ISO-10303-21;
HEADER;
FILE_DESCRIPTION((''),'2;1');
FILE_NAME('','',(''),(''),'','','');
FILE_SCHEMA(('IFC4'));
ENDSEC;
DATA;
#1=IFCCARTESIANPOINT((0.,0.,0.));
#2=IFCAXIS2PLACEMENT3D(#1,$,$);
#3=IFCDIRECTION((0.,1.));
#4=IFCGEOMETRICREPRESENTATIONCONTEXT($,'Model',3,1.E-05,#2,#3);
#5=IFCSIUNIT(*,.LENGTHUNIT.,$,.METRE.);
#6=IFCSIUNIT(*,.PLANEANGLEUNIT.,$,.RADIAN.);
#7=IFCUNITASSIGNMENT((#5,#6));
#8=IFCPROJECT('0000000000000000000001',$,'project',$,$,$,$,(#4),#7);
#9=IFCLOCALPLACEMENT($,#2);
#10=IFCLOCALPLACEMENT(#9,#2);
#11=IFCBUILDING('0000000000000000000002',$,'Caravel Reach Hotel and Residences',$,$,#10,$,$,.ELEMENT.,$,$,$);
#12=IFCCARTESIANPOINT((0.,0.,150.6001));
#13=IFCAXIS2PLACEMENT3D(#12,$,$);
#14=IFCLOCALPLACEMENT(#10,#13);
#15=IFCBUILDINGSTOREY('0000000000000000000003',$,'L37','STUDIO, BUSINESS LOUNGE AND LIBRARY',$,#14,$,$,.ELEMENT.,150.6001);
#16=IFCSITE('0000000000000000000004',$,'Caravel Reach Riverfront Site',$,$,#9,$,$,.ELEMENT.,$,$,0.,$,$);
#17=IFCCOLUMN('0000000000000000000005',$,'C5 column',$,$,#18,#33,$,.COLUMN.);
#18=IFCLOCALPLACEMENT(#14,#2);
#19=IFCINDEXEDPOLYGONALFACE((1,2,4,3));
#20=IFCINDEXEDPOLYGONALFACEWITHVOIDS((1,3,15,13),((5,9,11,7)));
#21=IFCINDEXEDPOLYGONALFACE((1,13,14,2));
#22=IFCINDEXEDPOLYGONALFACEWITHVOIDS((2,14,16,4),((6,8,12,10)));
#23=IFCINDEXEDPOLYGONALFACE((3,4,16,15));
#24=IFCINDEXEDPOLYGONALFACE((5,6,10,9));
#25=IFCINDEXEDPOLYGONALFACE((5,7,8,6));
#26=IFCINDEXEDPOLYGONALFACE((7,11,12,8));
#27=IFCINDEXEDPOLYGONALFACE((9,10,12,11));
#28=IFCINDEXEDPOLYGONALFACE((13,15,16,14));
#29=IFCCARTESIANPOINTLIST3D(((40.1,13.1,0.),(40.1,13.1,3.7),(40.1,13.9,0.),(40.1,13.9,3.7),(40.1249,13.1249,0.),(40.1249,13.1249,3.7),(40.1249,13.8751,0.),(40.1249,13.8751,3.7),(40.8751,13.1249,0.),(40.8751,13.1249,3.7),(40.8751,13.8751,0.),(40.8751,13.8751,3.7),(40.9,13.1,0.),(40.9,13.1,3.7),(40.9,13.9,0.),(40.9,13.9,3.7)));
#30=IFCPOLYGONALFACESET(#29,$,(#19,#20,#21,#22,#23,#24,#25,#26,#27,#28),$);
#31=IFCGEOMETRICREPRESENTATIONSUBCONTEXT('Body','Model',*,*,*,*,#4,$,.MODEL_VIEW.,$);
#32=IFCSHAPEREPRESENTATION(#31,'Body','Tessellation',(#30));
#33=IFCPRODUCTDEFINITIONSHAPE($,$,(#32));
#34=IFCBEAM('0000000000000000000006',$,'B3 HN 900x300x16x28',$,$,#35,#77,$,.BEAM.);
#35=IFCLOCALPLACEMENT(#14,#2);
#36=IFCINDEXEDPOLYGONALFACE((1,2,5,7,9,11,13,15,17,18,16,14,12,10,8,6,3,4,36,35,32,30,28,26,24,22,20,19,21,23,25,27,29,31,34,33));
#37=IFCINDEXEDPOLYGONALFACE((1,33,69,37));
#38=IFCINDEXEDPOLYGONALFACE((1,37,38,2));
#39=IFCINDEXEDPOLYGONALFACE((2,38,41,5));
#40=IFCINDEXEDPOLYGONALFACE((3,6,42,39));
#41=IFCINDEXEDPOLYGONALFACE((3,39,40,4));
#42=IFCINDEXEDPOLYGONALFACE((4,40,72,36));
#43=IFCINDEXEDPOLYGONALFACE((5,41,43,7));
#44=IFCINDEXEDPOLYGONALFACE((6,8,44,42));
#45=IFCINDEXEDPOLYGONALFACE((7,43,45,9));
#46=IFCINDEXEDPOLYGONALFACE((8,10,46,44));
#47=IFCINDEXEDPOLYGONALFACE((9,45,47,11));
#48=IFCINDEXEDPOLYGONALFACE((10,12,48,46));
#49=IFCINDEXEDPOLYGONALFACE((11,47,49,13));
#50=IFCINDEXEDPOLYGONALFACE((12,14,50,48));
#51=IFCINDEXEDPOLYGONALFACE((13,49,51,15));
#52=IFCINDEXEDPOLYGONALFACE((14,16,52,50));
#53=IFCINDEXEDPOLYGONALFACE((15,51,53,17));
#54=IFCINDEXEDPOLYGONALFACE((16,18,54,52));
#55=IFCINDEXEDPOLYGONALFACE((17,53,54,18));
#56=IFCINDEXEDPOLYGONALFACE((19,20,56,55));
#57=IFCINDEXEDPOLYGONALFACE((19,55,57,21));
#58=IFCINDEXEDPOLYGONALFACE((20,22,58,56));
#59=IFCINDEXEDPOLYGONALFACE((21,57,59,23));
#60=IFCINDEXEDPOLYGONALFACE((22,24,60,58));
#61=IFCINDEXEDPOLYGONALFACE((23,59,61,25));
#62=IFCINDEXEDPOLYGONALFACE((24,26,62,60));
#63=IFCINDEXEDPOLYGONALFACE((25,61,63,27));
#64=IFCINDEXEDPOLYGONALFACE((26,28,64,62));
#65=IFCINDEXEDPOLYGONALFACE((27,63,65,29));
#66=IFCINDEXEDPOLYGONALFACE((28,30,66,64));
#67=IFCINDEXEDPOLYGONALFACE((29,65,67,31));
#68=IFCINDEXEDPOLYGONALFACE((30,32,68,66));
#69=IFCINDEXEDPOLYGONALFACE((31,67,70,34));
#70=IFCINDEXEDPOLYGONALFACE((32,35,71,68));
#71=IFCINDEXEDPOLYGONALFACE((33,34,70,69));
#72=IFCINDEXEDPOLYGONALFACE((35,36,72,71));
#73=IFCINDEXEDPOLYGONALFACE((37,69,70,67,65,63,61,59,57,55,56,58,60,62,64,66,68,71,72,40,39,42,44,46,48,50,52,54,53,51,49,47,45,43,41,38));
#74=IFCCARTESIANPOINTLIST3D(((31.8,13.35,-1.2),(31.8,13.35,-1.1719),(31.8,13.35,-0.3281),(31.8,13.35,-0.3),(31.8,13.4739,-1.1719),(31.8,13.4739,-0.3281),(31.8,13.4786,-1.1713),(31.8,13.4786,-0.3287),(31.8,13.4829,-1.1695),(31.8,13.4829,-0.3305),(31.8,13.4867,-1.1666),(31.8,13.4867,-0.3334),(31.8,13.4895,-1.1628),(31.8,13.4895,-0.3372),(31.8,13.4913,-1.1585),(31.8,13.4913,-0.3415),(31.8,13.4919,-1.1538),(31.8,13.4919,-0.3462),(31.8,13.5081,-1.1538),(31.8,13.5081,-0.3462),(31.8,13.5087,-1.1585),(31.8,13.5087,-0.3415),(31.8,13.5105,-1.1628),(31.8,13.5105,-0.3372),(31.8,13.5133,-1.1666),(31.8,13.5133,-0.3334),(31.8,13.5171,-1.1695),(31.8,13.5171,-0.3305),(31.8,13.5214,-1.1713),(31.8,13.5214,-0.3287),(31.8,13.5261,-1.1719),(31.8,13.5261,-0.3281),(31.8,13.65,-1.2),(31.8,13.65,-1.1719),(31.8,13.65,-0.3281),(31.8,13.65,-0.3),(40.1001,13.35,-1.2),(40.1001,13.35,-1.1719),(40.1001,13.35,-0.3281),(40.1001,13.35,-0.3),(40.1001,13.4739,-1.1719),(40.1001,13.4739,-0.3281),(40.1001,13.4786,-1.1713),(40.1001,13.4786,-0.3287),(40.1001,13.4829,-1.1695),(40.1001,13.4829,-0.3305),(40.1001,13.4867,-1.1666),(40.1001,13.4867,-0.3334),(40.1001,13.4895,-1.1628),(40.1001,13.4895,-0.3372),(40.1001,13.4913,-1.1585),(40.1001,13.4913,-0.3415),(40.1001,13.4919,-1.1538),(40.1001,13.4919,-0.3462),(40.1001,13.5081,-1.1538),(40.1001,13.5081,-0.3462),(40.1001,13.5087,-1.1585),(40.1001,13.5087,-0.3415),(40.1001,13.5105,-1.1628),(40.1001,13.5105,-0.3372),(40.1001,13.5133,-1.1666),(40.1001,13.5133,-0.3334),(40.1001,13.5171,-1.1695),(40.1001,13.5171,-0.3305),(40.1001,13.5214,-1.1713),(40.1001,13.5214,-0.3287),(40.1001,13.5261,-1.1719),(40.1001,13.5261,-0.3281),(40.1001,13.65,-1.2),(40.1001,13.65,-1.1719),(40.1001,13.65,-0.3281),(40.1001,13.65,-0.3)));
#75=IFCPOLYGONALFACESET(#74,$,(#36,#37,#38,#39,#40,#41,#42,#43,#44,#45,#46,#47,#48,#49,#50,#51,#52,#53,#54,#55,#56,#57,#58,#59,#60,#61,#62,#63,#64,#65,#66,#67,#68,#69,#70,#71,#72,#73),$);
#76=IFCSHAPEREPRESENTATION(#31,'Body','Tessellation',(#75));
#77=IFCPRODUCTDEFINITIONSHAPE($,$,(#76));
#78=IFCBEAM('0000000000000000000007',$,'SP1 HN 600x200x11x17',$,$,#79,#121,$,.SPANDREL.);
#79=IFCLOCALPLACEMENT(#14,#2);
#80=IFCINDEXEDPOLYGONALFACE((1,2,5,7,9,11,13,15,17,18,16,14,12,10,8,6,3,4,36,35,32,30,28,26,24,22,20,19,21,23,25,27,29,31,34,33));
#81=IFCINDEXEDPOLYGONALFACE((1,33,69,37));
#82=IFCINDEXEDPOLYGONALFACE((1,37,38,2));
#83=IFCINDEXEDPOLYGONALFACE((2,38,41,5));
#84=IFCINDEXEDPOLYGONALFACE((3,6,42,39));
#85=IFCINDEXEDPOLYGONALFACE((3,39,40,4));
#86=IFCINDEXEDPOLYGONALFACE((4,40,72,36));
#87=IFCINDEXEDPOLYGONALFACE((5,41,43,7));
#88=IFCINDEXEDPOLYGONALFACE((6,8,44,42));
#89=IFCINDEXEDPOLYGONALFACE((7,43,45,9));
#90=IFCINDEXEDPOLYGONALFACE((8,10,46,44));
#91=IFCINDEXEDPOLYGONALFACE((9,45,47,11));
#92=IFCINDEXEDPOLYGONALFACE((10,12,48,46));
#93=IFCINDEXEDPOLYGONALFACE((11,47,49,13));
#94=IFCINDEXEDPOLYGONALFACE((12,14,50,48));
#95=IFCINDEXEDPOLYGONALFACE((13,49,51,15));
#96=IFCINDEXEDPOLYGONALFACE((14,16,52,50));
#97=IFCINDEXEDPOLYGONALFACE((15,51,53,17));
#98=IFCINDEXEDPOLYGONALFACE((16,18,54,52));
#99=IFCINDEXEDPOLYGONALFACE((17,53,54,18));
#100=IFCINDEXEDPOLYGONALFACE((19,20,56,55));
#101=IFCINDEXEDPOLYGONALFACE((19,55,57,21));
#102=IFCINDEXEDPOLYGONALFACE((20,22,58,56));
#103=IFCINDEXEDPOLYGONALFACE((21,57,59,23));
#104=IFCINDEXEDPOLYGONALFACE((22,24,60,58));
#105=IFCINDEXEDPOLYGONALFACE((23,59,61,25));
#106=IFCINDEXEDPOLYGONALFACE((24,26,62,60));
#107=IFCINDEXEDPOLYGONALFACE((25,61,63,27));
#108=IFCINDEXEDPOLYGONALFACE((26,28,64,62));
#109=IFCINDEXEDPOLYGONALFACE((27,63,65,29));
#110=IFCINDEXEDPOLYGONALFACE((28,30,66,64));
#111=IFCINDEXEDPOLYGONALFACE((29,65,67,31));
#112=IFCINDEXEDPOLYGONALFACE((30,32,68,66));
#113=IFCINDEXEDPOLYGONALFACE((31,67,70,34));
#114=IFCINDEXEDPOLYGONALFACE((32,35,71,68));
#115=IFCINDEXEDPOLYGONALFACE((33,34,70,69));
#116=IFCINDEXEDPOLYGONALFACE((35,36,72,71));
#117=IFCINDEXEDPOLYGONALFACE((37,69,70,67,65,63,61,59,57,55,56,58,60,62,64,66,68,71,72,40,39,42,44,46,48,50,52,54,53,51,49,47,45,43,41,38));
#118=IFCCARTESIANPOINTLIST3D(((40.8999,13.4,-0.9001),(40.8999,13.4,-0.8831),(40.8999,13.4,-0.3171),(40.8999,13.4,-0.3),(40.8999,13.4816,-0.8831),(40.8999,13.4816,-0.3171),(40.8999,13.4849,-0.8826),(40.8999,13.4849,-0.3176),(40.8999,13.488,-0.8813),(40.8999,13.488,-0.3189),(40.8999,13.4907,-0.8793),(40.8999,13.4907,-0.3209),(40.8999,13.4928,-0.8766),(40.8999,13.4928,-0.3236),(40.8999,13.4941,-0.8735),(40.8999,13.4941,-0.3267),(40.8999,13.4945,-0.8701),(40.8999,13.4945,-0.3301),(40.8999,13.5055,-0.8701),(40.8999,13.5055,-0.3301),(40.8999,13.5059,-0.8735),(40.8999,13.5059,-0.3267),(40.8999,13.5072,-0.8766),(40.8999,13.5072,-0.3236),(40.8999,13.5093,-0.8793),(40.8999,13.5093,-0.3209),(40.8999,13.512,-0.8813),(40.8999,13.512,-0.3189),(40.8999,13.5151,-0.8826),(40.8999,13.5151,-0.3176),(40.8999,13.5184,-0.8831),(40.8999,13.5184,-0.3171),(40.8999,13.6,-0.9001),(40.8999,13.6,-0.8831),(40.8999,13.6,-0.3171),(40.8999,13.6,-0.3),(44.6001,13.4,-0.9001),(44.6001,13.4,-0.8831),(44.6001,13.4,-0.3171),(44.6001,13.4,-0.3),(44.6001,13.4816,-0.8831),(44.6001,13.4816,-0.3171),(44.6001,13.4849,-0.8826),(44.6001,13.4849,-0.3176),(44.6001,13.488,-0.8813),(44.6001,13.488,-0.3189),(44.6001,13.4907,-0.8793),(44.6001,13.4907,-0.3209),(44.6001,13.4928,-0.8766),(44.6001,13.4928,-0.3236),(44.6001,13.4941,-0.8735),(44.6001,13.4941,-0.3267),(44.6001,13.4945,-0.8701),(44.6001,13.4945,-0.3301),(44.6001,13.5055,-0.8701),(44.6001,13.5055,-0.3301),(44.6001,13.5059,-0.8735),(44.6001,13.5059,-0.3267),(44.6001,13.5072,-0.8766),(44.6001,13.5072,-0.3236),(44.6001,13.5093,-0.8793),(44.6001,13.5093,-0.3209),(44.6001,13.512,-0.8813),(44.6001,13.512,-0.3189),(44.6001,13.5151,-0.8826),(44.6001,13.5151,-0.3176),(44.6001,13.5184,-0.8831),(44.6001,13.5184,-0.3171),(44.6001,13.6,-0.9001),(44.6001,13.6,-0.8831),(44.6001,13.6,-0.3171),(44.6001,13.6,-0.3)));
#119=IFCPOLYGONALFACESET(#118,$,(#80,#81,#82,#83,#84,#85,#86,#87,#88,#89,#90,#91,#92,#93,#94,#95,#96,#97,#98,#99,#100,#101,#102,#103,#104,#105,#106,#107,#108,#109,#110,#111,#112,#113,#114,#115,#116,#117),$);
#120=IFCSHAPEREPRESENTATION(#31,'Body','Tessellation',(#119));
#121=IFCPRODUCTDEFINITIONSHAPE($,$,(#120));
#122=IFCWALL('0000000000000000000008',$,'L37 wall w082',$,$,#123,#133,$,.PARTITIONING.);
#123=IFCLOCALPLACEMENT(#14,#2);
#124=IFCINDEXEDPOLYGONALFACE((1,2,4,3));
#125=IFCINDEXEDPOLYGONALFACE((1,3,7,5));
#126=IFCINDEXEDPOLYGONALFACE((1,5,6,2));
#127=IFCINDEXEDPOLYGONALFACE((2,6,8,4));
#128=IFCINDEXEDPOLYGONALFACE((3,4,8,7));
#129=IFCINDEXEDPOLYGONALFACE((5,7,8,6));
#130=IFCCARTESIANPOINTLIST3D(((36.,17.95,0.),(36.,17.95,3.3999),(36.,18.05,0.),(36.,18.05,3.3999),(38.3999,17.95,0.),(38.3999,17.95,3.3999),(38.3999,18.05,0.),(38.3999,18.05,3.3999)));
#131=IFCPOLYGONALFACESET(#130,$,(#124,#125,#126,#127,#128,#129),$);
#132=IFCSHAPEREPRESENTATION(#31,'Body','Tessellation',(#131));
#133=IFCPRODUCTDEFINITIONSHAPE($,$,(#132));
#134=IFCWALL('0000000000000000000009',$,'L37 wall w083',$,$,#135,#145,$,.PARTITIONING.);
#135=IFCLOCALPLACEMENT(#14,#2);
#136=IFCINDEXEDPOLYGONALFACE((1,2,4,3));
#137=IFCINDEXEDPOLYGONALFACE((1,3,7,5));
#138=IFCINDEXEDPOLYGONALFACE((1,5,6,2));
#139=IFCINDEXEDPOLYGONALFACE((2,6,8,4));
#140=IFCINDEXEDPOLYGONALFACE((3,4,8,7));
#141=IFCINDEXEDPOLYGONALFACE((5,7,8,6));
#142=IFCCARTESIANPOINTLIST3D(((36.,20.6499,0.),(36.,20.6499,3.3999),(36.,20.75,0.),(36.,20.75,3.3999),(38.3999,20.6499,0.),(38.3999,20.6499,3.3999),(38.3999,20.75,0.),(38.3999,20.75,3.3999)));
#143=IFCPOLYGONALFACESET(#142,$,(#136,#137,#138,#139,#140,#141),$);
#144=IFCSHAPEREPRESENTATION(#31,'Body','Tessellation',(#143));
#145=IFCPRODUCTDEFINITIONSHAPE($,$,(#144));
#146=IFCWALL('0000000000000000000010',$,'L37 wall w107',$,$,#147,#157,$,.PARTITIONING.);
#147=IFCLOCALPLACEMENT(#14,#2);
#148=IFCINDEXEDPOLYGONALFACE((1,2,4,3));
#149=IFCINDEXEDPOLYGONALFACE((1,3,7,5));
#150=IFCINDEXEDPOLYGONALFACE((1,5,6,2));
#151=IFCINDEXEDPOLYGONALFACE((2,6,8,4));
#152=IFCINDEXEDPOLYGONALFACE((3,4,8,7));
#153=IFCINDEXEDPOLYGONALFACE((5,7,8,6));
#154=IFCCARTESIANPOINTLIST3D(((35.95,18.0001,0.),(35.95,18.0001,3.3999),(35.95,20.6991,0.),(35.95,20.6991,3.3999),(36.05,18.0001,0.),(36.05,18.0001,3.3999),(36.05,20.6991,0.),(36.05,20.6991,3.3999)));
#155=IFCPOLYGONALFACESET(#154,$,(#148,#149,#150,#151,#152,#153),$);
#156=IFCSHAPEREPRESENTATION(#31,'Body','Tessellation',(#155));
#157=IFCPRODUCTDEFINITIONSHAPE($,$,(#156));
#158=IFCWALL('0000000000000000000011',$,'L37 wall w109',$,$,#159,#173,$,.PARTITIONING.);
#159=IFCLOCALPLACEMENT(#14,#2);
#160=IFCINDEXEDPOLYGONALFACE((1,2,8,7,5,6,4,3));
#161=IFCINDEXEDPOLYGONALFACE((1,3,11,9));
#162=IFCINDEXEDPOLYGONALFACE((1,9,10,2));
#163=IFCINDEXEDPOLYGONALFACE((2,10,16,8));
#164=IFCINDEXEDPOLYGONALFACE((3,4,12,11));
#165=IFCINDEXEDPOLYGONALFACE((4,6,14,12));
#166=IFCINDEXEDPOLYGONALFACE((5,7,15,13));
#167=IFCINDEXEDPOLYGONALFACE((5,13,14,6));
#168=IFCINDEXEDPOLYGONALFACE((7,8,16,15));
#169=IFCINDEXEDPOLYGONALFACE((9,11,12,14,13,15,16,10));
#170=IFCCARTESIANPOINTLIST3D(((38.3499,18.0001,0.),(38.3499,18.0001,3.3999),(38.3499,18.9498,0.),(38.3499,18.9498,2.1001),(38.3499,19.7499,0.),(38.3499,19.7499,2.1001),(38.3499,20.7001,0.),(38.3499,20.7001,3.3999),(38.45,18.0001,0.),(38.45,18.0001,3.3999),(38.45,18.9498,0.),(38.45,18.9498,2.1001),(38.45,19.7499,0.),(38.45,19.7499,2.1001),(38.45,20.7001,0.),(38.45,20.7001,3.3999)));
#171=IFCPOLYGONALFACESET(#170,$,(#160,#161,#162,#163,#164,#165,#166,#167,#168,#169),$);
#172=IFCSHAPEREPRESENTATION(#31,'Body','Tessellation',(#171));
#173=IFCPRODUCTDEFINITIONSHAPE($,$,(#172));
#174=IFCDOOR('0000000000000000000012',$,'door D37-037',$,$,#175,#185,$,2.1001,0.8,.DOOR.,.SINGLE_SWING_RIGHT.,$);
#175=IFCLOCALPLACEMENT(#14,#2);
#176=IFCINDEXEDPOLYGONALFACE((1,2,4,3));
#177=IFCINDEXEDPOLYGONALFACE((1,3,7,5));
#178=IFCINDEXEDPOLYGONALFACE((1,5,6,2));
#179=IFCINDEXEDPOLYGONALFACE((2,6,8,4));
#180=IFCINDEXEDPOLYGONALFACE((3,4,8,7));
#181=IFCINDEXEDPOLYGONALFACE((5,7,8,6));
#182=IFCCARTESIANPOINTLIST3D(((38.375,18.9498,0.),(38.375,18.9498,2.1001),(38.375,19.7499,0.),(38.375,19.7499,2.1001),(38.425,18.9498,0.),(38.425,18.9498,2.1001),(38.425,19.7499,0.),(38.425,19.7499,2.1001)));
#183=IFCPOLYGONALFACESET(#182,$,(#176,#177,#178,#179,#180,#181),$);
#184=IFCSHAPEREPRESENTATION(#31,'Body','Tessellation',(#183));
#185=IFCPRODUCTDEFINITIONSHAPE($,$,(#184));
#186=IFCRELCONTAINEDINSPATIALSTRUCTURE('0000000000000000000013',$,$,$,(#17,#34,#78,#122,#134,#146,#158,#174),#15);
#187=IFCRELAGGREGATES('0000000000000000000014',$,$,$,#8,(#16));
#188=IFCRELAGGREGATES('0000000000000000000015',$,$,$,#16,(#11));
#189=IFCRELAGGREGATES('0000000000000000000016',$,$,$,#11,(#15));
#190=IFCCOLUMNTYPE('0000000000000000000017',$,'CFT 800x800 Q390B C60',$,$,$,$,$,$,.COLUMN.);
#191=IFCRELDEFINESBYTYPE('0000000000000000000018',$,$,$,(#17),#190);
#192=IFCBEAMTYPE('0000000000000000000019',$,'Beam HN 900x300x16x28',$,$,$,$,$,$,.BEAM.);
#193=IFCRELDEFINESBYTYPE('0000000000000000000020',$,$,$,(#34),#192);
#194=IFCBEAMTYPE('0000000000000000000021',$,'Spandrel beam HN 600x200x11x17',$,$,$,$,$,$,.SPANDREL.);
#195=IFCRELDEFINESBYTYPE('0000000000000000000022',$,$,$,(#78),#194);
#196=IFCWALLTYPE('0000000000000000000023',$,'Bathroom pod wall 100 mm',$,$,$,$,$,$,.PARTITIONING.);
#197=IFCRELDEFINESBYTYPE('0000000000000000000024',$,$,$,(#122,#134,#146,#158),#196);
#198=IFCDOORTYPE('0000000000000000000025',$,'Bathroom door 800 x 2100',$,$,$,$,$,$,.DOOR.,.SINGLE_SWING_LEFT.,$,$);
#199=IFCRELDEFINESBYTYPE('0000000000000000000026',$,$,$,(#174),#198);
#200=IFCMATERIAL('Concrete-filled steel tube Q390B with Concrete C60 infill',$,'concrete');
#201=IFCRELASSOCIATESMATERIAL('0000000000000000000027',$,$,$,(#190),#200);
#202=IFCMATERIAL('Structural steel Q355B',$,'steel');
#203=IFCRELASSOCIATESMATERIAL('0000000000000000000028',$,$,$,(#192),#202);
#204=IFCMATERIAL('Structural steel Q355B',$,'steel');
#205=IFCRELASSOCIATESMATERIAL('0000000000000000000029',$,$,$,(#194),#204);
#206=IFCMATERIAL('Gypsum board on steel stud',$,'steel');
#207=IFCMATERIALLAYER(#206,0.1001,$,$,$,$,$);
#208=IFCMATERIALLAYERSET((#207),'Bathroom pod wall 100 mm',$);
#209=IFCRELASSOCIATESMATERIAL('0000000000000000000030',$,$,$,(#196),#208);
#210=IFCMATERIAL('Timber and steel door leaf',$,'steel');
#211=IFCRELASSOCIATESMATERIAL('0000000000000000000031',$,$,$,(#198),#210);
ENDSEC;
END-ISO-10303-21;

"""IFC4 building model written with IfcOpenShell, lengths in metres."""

from ifc_helpers import new_model, si_unit, direction, frame, frame_2d, origin, origin_2d, place, context, subcontext, project, spatial, rectangle, hollow_rectangle, i_section, extrude, material, layer, layer_set, material_profile, profile_set, type_object, element, fill, save


model = new_model("IFC4")

# Units and contexts
model_context = context("Model", 3, precision=1e-05, world=origin(), true_north=direction((0.0, 1.0)))
body_context = subcontext(model_context, "Body", "Model", "MODEL_VIEW")
ifc_project = project(units=[si_unit("LENGTHUNIT", "METRE"), si_unit("PLANEANGLEUNIT", "RADIAN")], contexts=[model_context])

# Site, building, storey
site_placement = place(None, origin())
site = spatial("IfcSite", under=ifc_project, at=site_placement, Name="Caravel Reach Riverfront Site", CompositionType="ELEMENT", RefElevation=0.0)
building_placement = place(site_placement, origin())
building = spatial("IfcBuilding", under=site, at=building_placement, Name="Caravel Reach Hotel and Residences", CompositionType="ELEMENT")
storey_placement = place(building_placement, frame((0.0, 0.0, 150.6001)))
storey = spatial("IfcBuildingStorey", under=building, at=storey_placement, Name="L37", Description="STUDIO, BUSINESS LOUNGE AND LIBRARY", CompositionType="ELEMENT", Elevation=150.6001)

# Column
ifc_material_1 = material(Name="Concrete-filled steel tube Q390B with Concrete C60 infill", Category="concrete")
ifc_material_profile_1 = material_profile(ifc_material_1, hollow_rectangle(XDim=0.8, YDim=0.8, WallThickness=0.0249, at=origin_2d()), Name="RHS 800x800x25")
ifc_profile_set_1 = profile_set([ifc_material_profile_1], Name="Concrete-filled steel tube Q390B with Concrete C60 infill")
column_type = type_object("IfcColumnType", Name="CFT 800x800 Q390B C60", PredefinedType="COLUMN", material=ifc_profile_set_1)
column_placement = place(storey_placement, frame((40.5, 13.5, 0.0), z_axis=(0.0, 0.0, 1.0), x_axis=(1.0, 0.0, 0.0)))
element("IfcColumn", 1, at=column_placement, inside=storey, type_object=column_type, Name="C5 column", PredefinedType="COLUMN", context=body_context, shape_type="SweptSolid", body=[
    extrude(hollow_rectangle(XDim=0.8, YDim=0.8, WallThickness=0.0249, at=origin_2d()), origin(), (0.0, 0.0, 1.0), 3.7),
])

# Beams
ifc_material_2 = material(Name="Structural steel Q355B", Category="steel")
ifc_material_profile_2 = material_profile(ifc_material_2, i_section(OverallWidth=0.3, OverallDepth=0.8999, WebThickness=0.0161, FlangeThickness=0.0281, FilletRadius=0.0181, at=origin_2d()), Name="HN 900x300x16x28")
ifc_profile_set_2 = profile_set([ifc_material_profile_2], Name="Structural steel Q355B")
beam_type_1 = type_object("IfcBeamType", Name="Beam HN 900x300x16x28", PredefinedType="BEAM", material=ifc_profile_set_2)
beam_1_placement = place(storey_placement, frame((31.8, 13.5, -0.75), z_axis=(1.0, 0.0, 0.0), x_axis=(0.0, 1.0, 0.0)))
element("IfcBeam", 2, at=beam_1_placement, inside=storey, type_object=beam_type_1, Name="B3 HN 900x300x16x28", PredefinedType="BEAM", context=body_context, shape_type="SweptSolid", body=[
    extrude(i_section(OverallWidth=0.3, OverallDepth=0.8999, WebThickness=0.0161, FlangeThickness=0.0281, FilletRadius=0.0181, at=origin_2d()), origin(), (0.0, 0.0, 1.0), 8.3),
])
ifc_material_3 = material(Name="Structural steel Q355B", Category="steel")
ifc_material_profile_3 = material_profile(ifc_material_3, i_section(OverallWidth=0.2, OverallDepth=0.6001, WebThickness=0.011, FlangeThickness=0.0171, FilletRadius=0.0129, at=origin_2d()), Name="HN 600x200x11x17")
ifc_profile_set_3 = profile_set([ifc_material_profile_3], Name="Structural steel Q355B")
beam_type_2 = type_object("IfcBeamType", Name="Spandrel beam HN 600x200x11x17", PredefinedType="SPANDREL", material=ifc_profile_set_3)
beam_2_placement = place(storey_placement, frame((40.8999, 13.5, -0.6001), z_axis=(1.0, 0.0, 0.0), x_axis=(0.0, 1.0, 0.0)))
element("IfcBeam", 3, at=beam_2_placement, inside=storey, type_object=beam_type_2, Name="SP1 HN 600x200x11x17", PredefinedType="SPANDREL", context=body_context, shape_type="SweptSolid", body=[
    extrude(i_section(OverallWidth=0.2, OverallDepth=0.6001, WebThickness=0.011, FlangeThickness=0.0171, FilletRadius=0.0129, at=origin_2d()), origin(), (0.0, 0.0, 1.0), 3.7002),
])

# Walls
ifc_material_4 = material(Name="Gypsum board on steel stud", Category="steel")
ifc_layer_1 = layer(ifc_material_4, 0.1001)
ifc_layer_set_1 = layer_set([ifc_layer_1], Name="Bathroom pod wall 100 mm")
wall_type_1 = type_object("IfcWallType", Name="Bathroom pod wall 100 mm", PredefinedType="PARTITIONING", material=ifc_layer_set_1)
for number, where, z_axis, x_axis, name in (
    (4, (36.0, 18.0, 0.0), (0.0, 0.0, 1.0), (1.0, 0.0, 0.0), "L37 wall w082"),
    (5, (36.0, 20.7, 0.0), (0.0, 0.0, 1.0), (1.0, 0.0, 0.0), "L37 wall w083"),
):
    element("IfcWall", number, at=place(storey_placement, frame(where, z_axis=z_axis, x_axis=x_axis)), inside=storey, type_object=wall_type_1, Name=name, PredefinedType="PARTITIONING", context=body_context, shape_type="SweptSolid", body=[
        extrude(rectangle(XDim=2.3999, YDim=0.1001, at=frame_2d((1.2, 0.0))), origin(), (0.0, 0.0, 1.0), 3.3999),
    ])
wall_1_placement = place(storey_placement, frame((36.0, 18.0, 0.0), z_axis=(0.0, 0.0, 1.0), x_axis=(0.0, 1.0, 0.0)))
element("IfcWall", 6, at=wall_1_placement, inside=storey, type_object=wall_type_1, Name="L37 wall w107", PredefinedType="PARTITIONING", context=body_context, shape_type="SweptSolid", body=[
    extrude(rectangle(XDim=2.699, YDim=0.1001, at=frame_2d((1.3496, 0.0))), origin(), (0.0, 0.0, 1.0), 3.3999),
])

# Wall, opening, door
wall_2_placement = place(storey_placement, frame((38.3999, 18.0, 0.0), z_axis=(0.0, 0.0, 1.0), x_axis=(0.0, 1.0, 0.0)))
wall_2 = element("IfcWall", 7, at=wall_2_placement, inside=storey, type_object=wall_type_1, Name="L37 wall w109", PredefinedType="PARTITIONING", context=body_context, shape_type="SweptSolid", body=[
    extrude(rectangle(XDim=2.7, YDim=0.1001, at=frame_2d((1.3501, 0.0))), origin(), (0.0, 0.0, 1.0), 3.3999),
])
opening_1_placement = place(wall_2_placement, frame((0.95, 0.0, 0.0)))
opening_1 = element("IfcOpeningElement", 8, at=opening_1_placement, cuts=wall_2, PredefinedType="OPENING", context=body_context, shape_type="SweptSolid", body=[
    extrude(rectangle(XDim=0.8, YDim=2.1001, at=frame_2d((0.3999, 1.05))), frame((0.0, 0.0601, 0.0), z_axis=(0.0, -1.0, 0.0), x_axis=(1.0, 0.0, 0.0)), (0.0, 0.0, 1.0), 0.1201),
])
ifc_material_5 = material(Name="Timber and steel door leaf", Category="steel")
door_type_1 = type_object("IfcDoorType", Name="Bathroom door 800 x 2100", OperationType="SINGLE_SWING_LEFT", PredefinedType="DOOR", material=ifc_material_5)
door_1_placement = place(opening_1_placement, origin())
door_1 = element("IfcDoor", 9, at=door_1_placement, inside=storey, type_object=door_type_1, Name="door D37-037", OperationType="SINGLE_SWING_RIGHT", OverallHeight=2.1001, OverallWidth=0.8, PredefinedType="DOOR", context=body_context, shape_type="SweptSolid", body=[
    extrude(rectangle(XDim=0.8, YDim=2.1001, at=frame_2d((0.3999, 1.05))), frame((0.0, 0.0249, 0.0), z_axis=(0.0, -1.0, 0.0), x_axis=(1.0, 0.0, 0.0)), (0.0, 0.0, 1.0), 0.05),
])
fill(opening_1, door_1)

save(model, "model.ifc")
